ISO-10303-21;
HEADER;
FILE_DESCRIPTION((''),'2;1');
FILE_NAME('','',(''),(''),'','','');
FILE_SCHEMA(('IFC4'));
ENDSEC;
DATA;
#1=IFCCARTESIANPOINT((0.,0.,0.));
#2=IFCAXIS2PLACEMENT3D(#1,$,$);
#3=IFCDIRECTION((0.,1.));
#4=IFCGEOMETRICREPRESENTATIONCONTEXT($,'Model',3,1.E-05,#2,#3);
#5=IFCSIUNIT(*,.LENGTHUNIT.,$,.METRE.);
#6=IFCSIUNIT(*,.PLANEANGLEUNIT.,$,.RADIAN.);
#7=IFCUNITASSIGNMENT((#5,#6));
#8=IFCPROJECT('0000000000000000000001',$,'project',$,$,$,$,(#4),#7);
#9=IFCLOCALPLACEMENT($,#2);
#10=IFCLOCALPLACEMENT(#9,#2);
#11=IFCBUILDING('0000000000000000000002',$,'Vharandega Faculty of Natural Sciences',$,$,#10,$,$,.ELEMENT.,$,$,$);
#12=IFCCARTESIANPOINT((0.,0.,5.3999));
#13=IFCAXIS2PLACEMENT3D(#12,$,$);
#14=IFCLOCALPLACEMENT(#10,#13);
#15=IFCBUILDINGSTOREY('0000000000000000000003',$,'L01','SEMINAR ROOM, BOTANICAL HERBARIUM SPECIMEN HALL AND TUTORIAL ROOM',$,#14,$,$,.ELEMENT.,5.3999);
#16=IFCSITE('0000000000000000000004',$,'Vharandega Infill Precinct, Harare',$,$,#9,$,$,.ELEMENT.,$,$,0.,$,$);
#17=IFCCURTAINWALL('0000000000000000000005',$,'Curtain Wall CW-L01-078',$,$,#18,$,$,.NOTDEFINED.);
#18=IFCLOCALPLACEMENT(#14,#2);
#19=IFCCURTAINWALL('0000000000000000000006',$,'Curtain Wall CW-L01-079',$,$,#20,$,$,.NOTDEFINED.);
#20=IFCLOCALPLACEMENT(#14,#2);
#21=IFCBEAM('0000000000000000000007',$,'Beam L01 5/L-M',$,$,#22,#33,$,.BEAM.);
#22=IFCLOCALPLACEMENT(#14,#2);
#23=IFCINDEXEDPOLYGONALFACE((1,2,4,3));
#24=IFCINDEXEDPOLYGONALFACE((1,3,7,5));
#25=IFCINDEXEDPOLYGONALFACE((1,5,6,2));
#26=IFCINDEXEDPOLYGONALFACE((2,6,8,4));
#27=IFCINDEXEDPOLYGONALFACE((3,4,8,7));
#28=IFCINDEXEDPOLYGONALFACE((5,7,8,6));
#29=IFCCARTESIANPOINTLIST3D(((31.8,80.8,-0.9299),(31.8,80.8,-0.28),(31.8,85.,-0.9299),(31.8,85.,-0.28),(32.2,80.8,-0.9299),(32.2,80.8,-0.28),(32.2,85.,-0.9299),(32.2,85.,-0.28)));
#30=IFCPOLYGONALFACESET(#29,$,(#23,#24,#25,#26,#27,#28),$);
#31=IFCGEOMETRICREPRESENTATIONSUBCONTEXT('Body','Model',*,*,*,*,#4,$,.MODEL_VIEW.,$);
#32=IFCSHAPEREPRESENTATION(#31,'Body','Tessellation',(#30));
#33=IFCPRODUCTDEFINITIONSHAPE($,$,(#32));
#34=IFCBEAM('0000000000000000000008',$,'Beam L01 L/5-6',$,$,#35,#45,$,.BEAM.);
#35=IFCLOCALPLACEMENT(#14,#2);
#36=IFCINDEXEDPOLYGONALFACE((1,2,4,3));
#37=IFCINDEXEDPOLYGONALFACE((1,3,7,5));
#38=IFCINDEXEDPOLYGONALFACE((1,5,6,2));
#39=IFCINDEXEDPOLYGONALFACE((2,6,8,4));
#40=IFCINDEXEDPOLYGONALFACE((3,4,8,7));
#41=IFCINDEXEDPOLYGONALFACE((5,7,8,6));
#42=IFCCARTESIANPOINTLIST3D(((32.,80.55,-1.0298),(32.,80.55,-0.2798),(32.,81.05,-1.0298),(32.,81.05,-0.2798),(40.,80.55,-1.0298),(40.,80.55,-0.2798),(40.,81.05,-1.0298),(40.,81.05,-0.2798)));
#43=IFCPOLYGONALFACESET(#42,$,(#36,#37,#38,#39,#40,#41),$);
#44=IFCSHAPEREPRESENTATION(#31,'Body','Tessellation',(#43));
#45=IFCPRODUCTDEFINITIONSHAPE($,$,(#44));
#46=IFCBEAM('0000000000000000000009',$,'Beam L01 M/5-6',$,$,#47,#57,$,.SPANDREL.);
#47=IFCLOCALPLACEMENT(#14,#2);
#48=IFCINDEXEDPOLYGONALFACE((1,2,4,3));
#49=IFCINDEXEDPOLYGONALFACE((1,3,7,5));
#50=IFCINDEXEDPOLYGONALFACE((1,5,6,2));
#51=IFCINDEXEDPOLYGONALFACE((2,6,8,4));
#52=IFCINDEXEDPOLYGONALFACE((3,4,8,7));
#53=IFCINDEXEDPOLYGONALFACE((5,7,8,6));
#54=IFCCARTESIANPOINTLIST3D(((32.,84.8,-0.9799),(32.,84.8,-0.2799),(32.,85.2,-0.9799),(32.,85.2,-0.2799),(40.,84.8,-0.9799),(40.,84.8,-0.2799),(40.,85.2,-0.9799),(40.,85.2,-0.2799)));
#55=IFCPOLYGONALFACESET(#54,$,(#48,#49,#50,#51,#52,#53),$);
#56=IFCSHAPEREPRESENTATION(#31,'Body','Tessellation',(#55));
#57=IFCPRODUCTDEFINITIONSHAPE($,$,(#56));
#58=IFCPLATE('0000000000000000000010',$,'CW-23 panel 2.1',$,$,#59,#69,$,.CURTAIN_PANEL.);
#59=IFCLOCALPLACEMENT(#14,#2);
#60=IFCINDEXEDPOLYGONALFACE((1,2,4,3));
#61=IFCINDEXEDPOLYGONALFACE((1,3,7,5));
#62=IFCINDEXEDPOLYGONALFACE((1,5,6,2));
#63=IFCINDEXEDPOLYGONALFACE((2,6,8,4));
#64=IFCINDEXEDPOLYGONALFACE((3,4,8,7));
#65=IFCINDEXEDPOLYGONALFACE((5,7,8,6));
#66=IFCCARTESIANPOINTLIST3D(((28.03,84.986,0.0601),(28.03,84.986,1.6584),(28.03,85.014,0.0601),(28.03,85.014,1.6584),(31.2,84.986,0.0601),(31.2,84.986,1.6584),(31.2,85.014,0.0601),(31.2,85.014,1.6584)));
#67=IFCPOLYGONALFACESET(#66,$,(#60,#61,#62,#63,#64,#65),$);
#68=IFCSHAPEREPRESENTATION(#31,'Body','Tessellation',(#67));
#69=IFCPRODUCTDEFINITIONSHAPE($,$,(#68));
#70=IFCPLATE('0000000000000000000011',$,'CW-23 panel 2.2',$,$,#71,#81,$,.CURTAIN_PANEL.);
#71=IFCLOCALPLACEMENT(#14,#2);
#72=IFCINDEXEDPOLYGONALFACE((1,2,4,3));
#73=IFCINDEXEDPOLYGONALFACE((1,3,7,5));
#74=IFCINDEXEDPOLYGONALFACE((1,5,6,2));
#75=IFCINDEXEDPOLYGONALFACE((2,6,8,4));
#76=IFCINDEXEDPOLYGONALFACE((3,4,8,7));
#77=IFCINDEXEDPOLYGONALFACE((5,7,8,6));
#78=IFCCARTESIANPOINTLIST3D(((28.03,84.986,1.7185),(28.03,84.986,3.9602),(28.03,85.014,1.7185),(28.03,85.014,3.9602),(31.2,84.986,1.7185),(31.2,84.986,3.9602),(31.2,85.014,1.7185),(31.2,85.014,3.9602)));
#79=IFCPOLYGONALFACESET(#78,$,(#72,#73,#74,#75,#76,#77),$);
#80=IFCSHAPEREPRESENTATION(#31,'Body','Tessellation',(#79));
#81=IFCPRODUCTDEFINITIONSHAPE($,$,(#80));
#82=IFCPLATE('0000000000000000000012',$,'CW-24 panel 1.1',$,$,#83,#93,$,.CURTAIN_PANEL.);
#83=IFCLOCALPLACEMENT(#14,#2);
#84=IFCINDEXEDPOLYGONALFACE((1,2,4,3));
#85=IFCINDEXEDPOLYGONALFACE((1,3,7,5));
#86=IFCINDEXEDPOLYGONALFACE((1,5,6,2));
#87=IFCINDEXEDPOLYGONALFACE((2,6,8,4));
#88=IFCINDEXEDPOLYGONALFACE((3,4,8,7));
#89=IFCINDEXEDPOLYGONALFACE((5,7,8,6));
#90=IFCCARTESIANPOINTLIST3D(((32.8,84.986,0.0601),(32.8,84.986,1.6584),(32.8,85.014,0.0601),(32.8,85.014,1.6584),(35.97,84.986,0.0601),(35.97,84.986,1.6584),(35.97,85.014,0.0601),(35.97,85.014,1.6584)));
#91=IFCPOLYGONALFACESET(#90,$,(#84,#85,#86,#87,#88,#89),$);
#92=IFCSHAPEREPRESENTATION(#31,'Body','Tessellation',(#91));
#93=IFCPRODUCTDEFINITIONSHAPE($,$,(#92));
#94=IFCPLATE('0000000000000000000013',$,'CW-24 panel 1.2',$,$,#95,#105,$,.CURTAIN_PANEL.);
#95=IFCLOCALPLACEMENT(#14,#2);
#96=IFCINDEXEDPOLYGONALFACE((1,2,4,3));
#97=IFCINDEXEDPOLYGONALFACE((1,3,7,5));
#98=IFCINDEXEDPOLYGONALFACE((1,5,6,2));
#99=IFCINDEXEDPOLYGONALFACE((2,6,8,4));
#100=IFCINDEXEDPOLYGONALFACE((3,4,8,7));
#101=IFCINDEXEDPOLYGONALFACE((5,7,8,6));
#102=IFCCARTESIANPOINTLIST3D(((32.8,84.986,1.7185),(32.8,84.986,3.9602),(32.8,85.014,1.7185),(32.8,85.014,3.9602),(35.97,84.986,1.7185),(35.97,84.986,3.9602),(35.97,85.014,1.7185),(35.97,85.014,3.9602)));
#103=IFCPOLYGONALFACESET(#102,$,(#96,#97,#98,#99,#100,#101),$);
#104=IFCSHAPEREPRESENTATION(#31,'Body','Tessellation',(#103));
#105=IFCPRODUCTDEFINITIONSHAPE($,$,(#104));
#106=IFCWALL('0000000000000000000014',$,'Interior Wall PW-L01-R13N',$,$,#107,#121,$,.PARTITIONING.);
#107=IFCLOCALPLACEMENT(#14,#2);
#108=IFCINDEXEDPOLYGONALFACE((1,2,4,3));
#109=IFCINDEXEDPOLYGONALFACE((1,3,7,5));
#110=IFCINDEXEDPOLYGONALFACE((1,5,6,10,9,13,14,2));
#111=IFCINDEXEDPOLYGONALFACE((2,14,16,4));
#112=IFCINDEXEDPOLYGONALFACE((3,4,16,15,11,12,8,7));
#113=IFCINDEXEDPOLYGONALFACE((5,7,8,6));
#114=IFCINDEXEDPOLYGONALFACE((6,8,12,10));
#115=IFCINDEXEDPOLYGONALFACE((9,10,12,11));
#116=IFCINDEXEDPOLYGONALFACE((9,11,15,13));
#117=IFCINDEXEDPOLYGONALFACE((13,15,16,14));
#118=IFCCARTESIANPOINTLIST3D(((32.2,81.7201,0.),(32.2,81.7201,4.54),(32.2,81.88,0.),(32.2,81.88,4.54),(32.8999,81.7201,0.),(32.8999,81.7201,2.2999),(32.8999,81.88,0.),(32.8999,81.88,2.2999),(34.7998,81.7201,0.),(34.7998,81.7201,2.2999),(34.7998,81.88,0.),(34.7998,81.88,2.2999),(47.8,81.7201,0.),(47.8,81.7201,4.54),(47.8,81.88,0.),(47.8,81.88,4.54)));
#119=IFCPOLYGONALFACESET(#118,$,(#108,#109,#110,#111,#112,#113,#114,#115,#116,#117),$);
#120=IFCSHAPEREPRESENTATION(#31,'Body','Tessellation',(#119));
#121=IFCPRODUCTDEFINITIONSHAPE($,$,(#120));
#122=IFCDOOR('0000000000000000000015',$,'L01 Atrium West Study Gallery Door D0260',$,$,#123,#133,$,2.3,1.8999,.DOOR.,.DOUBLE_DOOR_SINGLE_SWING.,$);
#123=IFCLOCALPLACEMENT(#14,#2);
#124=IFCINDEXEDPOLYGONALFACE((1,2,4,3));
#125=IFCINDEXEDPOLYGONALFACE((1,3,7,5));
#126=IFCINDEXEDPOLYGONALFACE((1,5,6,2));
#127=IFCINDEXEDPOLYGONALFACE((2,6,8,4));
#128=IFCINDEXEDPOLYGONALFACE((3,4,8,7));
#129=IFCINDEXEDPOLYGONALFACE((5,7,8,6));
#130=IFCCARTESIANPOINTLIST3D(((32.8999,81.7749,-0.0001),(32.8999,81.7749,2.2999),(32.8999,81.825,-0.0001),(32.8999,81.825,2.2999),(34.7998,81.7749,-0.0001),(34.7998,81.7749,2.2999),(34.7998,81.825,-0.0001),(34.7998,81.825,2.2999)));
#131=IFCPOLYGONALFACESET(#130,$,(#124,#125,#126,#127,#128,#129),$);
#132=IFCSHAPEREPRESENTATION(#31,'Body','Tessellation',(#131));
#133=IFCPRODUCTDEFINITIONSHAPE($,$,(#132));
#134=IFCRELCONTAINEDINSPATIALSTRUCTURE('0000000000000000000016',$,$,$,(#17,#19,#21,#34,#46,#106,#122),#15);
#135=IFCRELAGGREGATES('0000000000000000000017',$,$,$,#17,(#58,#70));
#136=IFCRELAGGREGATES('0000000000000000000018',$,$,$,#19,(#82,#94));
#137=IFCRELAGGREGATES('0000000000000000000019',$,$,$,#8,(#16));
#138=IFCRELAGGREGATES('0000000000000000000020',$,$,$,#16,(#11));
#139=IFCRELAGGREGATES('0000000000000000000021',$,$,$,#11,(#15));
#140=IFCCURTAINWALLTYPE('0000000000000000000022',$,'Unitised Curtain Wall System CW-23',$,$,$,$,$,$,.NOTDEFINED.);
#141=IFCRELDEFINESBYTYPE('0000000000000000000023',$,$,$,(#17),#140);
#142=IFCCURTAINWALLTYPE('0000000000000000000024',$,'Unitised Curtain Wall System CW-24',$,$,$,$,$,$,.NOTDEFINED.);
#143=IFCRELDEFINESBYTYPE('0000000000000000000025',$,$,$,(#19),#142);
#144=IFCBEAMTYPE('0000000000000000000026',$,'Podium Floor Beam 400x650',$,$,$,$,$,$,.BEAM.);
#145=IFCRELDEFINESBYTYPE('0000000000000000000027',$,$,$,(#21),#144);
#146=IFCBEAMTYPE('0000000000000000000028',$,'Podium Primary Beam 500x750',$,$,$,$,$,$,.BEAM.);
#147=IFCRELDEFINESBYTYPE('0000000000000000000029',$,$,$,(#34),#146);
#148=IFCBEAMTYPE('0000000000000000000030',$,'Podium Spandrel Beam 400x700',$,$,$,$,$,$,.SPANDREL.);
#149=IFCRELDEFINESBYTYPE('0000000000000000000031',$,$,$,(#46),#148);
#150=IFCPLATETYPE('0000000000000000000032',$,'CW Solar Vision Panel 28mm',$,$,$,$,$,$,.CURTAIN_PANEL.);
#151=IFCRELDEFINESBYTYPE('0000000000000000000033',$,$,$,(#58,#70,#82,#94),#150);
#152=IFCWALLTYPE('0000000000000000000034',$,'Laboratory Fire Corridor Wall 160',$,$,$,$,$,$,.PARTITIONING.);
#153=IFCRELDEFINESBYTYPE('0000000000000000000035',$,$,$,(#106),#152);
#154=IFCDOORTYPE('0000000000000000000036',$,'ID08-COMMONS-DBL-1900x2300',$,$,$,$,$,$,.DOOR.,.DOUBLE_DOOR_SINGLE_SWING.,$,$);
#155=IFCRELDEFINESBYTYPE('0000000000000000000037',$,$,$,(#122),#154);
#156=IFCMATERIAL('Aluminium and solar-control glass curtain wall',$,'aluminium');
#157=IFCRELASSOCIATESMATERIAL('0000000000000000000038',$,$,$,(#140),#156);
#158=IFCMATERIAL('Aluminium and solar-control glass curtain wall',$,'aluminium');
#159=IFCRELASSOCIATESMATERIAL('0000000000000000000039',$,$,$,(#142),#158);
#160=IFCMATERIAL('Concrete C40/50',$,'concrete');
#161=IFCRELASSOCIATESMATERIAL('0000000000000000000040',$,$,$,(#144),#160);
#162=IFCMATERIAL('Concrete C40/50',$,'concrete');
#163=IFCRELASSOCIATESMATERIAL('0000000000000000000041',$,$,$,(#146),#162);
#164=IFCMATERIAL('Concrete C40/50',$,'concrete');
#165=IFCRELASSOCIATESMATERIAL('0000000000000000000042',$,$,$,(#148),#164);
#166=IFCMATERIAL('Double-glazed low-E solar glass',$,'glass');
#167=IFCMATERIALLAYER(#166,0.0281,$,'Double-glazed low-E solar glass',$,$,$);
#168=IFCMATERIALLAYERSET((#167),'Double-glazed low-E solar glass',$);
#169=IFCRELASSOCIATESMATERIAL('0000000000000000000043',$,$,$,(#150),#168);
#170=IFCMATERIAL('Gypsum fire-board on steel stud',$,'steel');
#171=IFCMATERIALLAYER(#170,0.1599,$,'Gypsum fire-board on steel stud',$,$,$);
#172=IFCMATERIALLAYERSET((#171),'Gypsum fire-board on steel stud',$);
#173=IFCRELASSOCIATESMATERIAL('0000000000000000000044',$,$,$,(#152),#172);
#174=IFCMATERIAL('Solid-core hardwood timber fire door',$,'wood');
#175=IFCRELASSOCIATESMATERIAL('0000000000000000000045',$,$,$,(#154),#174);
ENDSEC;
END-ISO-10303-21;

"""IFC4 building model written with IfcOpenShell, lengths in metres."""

from ifc_helpers import new_model, si_unit, direction, frame, frame_2d, origin, origin_2d, place, context, subcontext, project, spatial, rectangle, extrude, material, layer, layer_set, material_profile, profile_set, type_object, element, fill, aggregate, save


model = new_model("IFC4")

# Units and contexts
model_context = context("Model", 3, precision=1e-05, world=origin(), true_north=direction((0.0, 1.0)))
body_context = subcontext(model_context, "Body", "Model", "MODEL_VIEW")
ifc_project = project(units=[si_unit("LENGTHUNIT", "METRE"), si_unit("PLANEANGLEUNIT", "RADIAN")], contexts=[model_context])

# Site, building, storey
site_placement = place(None, origin())
site = spatial("IfcSite", under=ifc_project, at=site_placement, Name="Vharandega Infill Precinct, Harare", CompositionType="ELEMENT", RefElevation=0.0)
building_placement = place(site_placement, origin())
building = spatial("IfcBuilding", under=site, at=building_placement, Name="Vharandega Faculty of Natural Sciences", CompositionType="ELEMENT")
storey_placement = place(building_placement, frame((0.0, 0.0, 5.3999)))
storey = spatial("IfcBuildingStorey", under=building, at=storey_placement, Name="L01", Description="SEMINAR ROOM, BOTANICAL HERBARIUM SPECIMEN HALL AND TUTORIAL ROOM", CompositionType="ELEMENT", Elevation=5.3999)

# Curtain walls
ifc_material_1 = material(Name="Aluminium and solar-control glass curtain wall", Category="aluminium")
curtain_wall_type_1 = type_object("IfcCurtainWallType", Name="Unitised Curtain Wall System CW-23", PredefinedType="NOTDEFINED", material=ifc_material_1)
curtain_wall_1_placement = place(storey_placement, origin())
curtain_wall_1 = element("IfcCurtainWall", 1, at=curtain_wall_1_placement, inside=storey, type_object=curtain_wall_type_1, Name="Curtain Wall CW-L01-078", PredefinedType="NOTDEFINED")
ifc_material_2 = material(Name="Aluminium and solar-control glass curtain wall", Category="aluminium")
curtain_wall_type_2 = type_object("IfcCurtainWallType", Name="Unitised Curtain Wall System CW-24", PredefinedType="NOTDEFINED", material=ifc_material_2)
curtain_wall_2_placement = place(storey_placement, origin())
curtain_wall_2 = element("IfcCurtainWall", 2, at=curtain_wall_2_placement, inside=storey, type_object=curtain_wall_type_2, Name="Curtain Wall CW-L01-079", PredefinedType="NOTDEFINED")

# Beams
ifc_material_3 = material(Name="Concrete C40/50", Category="concrete")
ifc_material_profile_1 = material_profile(ifc_material_3, rectangle(XDim=0.3999, YDim=0.6499, at=origin_2d()), Name="RC 400x650")
ifc_profile_set_1 = profile_set([ifc_material_profile_1], Name="Concrete C40/50")
beam_type_1 = type_object("IfcBeamType", Name="Podium Floor Beam 400x650", PredefinedType="BEAM", material=ifc_profile_set_1)
beam_1_placement = place(storey_placement, frame((32.0, 80.8, -0.605), z_axis=(0.0, 1.0, 0.0), x_axis=(-1.0, 0.0, 0.0)))
element("IfcBeam", 3, at=beam_1_placement, inside=storey, type_object=beam_type_1, Name="Beam L01 5/L-M", PredefinedType="BEAM", context=body_context, shape_type="SweptSolid", body=[
    extrude(rectangle(XDim=0.3999, YDim=0.6499, at=origin_2d()), origin(), (0.0, 0.0, 1.0), 4.2),
])
ifc_material_4 = material(Name="Concrete C40/50", Category="concrete")
ifc_material_profile_2 = material_profile(ifc_material_4, rectangle(XDim=0.5, YDim=0.75, at=origin_2d()), Name="RC 500x750")
ifc_profile_set_2 = profile_set([ifc_material_profile_2], Name="Concrete C40/50")
beam_type_2 = type_object("IfcBeamType", Name="Podium Primary Beam 500x750", PredefinedType="BEAM", material=ifc_profile_set_2)
beam_2_placement = place(storey_placement, frame((32.0, 80.8, -0.6548), z_axis=(1.0, 0.0, 0.0), x_axis=(0.0, 1.0, 0.0)))
element("IfcBeam", 4, at=beam_2_placement, inside=storey, type_object=beam_type_2, Name="Beam L01 L/5-6", PredefinedType="BEAM", context=body_context, shape_type="SweptSolid", body=[
    extrude(rectangle(XDim=0.5, YDim=0.75, at=origin_2d()), origin(), (0.0, 0.0, 1.0), 8.0),
])
ifc_material_5 = material(Name="Concrete C40/50", Category="concrete")
ifc_material_profile_3 = material_profile(ifc_material_5, rectangle(XDim=0.3999, YDim=0.7, at=origin_2d()), Name="RC 400x700")
ifc_profile_set_3 = profile_set([ifc_material_profile_3], Name="Concrete C40/50")
beam_type_3 = type_object("IfcBeamType", Name="Podium Spandrel Beam 400x700", PredefinedType="SPANDREL", material=ifc_profile_set_3)
beam_3_placement = place(storey_placement, frame((32.0, 85.0, -0.6299), z_axis=(1.0, 0.0, 0.0), x_axis=(0.0, 1.0, 0.0)))
element("IfcBeam", 5, at=beam_3_placement, inside=storey, type_object=beam_type_3, Name="Beam L01 M/5-6", PredefinedType="SPANDREL", context=body_context, shape_type="SweptSolid", body=[
    extrude(rectangle(XDim=0.3999, YDim=0.7, at=origin_2d()), origin(), (0.0, 0.0, 1.0), 8.0),
])

# Plates
ifc_material_6 = material(Name="Double-glazed low-E solar glass", Category="glass")
ifc_layer_1 = layer(ifc_material_6, 0.0281, Name="Double-glazed low-E solar glass")
ifc_layer_set_1 = layer_set([ifc_layer_1], Name="Double-glazed low-E solar glass")
plate_type = type_object("IfcPlateType", Name="CW Solar Vision Panel 28mm", PredefinedType="CURTAIN_PANEL", material=ifc_layer_set_1)
plate_1_placement = place(storey_placement, frame((29.615, 85.0, 0.0601), z_axis=(0.0, 0.0, 1.0), x_axis=(1.0, 0.0, 0.0)))
plate_1 = element("IfcPlate", 6, at=plate_1_placement, type_object=plate_type, Name="CW-23 panel 2.1", PredefinedType="CURTAIN_PANEL", context=body_context, shape_type="SweptSolid", body=[
    extrude(rectangle(XDim=3.1699, YDim=0.0281, at=origin_2d()), origin(), (0.0, 0.0, 1.0), 1.5984),
])
plate_2_placement = place(storey_placement, frame((29.615, 85.0, 1.7185), z_axis=(0.0, 0.0, 1.0), x_axis=(1.0, 0.0, 0.0)))
plate_2 = element("IfcPlate", 7, at=plate_2_placement, type_object=plate_type, Name="CW-23 panel 2.2", PredefinedType="CURTAIN_PANEL", context=body_context, shape_type="SweptSolid", body=[
    extrude(rectangle(XDim=3.1699, YDim=0.0281, at=origin_2d()), origin(), (0.0, 0.0, 1.0), 2.2417),
])
aggregate(curtain_wall_1, [plate_1, plate_2])
plate_3_placement = place(storey_placement, frame((34.385, 85.0, 0.0601), z_axis=(0.0, 0.0, 1.0), x_axis=(1.0, 0.0, 0.0)))
plate_3 = element("IfcPlate", 8, at=plate_3_placement, type_object=plate_type, Name="CW-24 panel 1.1", PredefinedType="CURTAIN_PANEL", context=body_context, shape_type="SweptSolid", body=[
    extrude(rectangle(XDim=3.1699, YDim=0.0281, at=origin_2d()), origin(), (0.0, 0.0, 1.0), 1.5984),
])
plate_4_placement = place(storey_placement, frame((34.385, 85.0, 1.7185), z_axis=(0.0, 0.0, 1.0), x_axis=(1.0, 0.0, 0.0)))
plate_4 = element("IfcPlate", 9, at=plate_4_placement, type_object=plate_type, Name="CW-24 panel 1.2", PredefinedType="CURTAIN_PANEL", context=body_context, shape_type="SweptSolid", body=[
    extrude(rectangle(XDim=3.1699, YDim=0.0281, at=origin_2d()), origin(), (0.0, 0.0, 1.0), 2.2417),
])
aggregate(curtain_wall_2, [plate_3, plate_4])

# Wall, opening, door
ifc_material_7 = material(Name="Gypsum fire-board on steel stud", Category="steel")
ifc_layer_2 = layer(ifc_material_7, 0.1599, Name="Gypsum fire-board on steel stud")
ifc_layer_set_2 = layer_set([ifc_layer_2], Name="Gypsum fire-board on steel stud")
wall_type = type_object("IfcWallType", Name="Laboratory Fire Corridor Wall 160", PredefinedType="PARTITIONING", material=ifc_layer_set_2)
wall_placement = place(storey_placement, frame((32.2, 81.8, 0.0), z_axis=(0.0, 0.0, 1.0), x_axis=(1.0, 0.0, 0.0)))
wall = element("IfcWall", 10, at=wall_placement, inside=storey, type_object=wall_type, Name="Interior Wall PW-L01-R13N", PredefinedType="PARTITIONING", context=body_context, shape_type="SweptSolid", body=[
    extrude(rectangle(XDim=15.6001, YDim=0.1599, at=frame_2d((7.8, 0.0))), origin(), (0.0, 0.0, 1.0), 4.54),
])
opening_placement = place(wall_placement, frame((0.7, 0.0, 0.0)))
opening = element("IfcOpeningElement", 11, at=opening_placement, cuts=wall, PredefinedType="OPENING", context=body_context, shape_type="SweptSolid", body=[
    extrude(rectangle(XDim=1.8999, YDim=2.3, at=frame_2d((0.95, 1.1499))), frame((0.0, 0.0898, 0.0), z_axis=(0.0, -1.0, 0.0), x_axis=(1.0, 0.0, 0.0)), (0.0, 0.0, 1.0), 0.1799),
])
ifc_material_8 = material(Name="Solid-core hardwood timber fire door", Category="wood")
door_type = type_object("IfcDoorType", Name="ID08-COMMONS-DBL-1900x2300", OperationType="DOUBLE_DOOR_SINGLE_SWING", PredefinedType="DOOR", material=ifc_material_8)
door_placement = place(opening_placement, origin())
door = element("IfcDoor", 12, at=door_placement, inside=storey, type_object=door_type, Name="L01 Atrium West Study Gallery Door D0260", OperationType="DOUBLE_DOOR_SINGLE_SWING", OverallHeight=2.3, OverallWidth=1.8999, PredefinedType="DOOR", context=body_context, shape_type="SweptSolid", body=[
    extrude(rectangle(XDim=1.8999, YDim=2.3, at=frame_2d((0.95, 1.1499))), frame((0.0, 0.0249, 0.0), z_axis=(0.0, -1.0, 0.0), x_axis=(1.0, 0.0, 0.0)), (0.0, 0.0, 1.0), 0.05),
])
fill(opening, door)

save(model, "model.ifc")
